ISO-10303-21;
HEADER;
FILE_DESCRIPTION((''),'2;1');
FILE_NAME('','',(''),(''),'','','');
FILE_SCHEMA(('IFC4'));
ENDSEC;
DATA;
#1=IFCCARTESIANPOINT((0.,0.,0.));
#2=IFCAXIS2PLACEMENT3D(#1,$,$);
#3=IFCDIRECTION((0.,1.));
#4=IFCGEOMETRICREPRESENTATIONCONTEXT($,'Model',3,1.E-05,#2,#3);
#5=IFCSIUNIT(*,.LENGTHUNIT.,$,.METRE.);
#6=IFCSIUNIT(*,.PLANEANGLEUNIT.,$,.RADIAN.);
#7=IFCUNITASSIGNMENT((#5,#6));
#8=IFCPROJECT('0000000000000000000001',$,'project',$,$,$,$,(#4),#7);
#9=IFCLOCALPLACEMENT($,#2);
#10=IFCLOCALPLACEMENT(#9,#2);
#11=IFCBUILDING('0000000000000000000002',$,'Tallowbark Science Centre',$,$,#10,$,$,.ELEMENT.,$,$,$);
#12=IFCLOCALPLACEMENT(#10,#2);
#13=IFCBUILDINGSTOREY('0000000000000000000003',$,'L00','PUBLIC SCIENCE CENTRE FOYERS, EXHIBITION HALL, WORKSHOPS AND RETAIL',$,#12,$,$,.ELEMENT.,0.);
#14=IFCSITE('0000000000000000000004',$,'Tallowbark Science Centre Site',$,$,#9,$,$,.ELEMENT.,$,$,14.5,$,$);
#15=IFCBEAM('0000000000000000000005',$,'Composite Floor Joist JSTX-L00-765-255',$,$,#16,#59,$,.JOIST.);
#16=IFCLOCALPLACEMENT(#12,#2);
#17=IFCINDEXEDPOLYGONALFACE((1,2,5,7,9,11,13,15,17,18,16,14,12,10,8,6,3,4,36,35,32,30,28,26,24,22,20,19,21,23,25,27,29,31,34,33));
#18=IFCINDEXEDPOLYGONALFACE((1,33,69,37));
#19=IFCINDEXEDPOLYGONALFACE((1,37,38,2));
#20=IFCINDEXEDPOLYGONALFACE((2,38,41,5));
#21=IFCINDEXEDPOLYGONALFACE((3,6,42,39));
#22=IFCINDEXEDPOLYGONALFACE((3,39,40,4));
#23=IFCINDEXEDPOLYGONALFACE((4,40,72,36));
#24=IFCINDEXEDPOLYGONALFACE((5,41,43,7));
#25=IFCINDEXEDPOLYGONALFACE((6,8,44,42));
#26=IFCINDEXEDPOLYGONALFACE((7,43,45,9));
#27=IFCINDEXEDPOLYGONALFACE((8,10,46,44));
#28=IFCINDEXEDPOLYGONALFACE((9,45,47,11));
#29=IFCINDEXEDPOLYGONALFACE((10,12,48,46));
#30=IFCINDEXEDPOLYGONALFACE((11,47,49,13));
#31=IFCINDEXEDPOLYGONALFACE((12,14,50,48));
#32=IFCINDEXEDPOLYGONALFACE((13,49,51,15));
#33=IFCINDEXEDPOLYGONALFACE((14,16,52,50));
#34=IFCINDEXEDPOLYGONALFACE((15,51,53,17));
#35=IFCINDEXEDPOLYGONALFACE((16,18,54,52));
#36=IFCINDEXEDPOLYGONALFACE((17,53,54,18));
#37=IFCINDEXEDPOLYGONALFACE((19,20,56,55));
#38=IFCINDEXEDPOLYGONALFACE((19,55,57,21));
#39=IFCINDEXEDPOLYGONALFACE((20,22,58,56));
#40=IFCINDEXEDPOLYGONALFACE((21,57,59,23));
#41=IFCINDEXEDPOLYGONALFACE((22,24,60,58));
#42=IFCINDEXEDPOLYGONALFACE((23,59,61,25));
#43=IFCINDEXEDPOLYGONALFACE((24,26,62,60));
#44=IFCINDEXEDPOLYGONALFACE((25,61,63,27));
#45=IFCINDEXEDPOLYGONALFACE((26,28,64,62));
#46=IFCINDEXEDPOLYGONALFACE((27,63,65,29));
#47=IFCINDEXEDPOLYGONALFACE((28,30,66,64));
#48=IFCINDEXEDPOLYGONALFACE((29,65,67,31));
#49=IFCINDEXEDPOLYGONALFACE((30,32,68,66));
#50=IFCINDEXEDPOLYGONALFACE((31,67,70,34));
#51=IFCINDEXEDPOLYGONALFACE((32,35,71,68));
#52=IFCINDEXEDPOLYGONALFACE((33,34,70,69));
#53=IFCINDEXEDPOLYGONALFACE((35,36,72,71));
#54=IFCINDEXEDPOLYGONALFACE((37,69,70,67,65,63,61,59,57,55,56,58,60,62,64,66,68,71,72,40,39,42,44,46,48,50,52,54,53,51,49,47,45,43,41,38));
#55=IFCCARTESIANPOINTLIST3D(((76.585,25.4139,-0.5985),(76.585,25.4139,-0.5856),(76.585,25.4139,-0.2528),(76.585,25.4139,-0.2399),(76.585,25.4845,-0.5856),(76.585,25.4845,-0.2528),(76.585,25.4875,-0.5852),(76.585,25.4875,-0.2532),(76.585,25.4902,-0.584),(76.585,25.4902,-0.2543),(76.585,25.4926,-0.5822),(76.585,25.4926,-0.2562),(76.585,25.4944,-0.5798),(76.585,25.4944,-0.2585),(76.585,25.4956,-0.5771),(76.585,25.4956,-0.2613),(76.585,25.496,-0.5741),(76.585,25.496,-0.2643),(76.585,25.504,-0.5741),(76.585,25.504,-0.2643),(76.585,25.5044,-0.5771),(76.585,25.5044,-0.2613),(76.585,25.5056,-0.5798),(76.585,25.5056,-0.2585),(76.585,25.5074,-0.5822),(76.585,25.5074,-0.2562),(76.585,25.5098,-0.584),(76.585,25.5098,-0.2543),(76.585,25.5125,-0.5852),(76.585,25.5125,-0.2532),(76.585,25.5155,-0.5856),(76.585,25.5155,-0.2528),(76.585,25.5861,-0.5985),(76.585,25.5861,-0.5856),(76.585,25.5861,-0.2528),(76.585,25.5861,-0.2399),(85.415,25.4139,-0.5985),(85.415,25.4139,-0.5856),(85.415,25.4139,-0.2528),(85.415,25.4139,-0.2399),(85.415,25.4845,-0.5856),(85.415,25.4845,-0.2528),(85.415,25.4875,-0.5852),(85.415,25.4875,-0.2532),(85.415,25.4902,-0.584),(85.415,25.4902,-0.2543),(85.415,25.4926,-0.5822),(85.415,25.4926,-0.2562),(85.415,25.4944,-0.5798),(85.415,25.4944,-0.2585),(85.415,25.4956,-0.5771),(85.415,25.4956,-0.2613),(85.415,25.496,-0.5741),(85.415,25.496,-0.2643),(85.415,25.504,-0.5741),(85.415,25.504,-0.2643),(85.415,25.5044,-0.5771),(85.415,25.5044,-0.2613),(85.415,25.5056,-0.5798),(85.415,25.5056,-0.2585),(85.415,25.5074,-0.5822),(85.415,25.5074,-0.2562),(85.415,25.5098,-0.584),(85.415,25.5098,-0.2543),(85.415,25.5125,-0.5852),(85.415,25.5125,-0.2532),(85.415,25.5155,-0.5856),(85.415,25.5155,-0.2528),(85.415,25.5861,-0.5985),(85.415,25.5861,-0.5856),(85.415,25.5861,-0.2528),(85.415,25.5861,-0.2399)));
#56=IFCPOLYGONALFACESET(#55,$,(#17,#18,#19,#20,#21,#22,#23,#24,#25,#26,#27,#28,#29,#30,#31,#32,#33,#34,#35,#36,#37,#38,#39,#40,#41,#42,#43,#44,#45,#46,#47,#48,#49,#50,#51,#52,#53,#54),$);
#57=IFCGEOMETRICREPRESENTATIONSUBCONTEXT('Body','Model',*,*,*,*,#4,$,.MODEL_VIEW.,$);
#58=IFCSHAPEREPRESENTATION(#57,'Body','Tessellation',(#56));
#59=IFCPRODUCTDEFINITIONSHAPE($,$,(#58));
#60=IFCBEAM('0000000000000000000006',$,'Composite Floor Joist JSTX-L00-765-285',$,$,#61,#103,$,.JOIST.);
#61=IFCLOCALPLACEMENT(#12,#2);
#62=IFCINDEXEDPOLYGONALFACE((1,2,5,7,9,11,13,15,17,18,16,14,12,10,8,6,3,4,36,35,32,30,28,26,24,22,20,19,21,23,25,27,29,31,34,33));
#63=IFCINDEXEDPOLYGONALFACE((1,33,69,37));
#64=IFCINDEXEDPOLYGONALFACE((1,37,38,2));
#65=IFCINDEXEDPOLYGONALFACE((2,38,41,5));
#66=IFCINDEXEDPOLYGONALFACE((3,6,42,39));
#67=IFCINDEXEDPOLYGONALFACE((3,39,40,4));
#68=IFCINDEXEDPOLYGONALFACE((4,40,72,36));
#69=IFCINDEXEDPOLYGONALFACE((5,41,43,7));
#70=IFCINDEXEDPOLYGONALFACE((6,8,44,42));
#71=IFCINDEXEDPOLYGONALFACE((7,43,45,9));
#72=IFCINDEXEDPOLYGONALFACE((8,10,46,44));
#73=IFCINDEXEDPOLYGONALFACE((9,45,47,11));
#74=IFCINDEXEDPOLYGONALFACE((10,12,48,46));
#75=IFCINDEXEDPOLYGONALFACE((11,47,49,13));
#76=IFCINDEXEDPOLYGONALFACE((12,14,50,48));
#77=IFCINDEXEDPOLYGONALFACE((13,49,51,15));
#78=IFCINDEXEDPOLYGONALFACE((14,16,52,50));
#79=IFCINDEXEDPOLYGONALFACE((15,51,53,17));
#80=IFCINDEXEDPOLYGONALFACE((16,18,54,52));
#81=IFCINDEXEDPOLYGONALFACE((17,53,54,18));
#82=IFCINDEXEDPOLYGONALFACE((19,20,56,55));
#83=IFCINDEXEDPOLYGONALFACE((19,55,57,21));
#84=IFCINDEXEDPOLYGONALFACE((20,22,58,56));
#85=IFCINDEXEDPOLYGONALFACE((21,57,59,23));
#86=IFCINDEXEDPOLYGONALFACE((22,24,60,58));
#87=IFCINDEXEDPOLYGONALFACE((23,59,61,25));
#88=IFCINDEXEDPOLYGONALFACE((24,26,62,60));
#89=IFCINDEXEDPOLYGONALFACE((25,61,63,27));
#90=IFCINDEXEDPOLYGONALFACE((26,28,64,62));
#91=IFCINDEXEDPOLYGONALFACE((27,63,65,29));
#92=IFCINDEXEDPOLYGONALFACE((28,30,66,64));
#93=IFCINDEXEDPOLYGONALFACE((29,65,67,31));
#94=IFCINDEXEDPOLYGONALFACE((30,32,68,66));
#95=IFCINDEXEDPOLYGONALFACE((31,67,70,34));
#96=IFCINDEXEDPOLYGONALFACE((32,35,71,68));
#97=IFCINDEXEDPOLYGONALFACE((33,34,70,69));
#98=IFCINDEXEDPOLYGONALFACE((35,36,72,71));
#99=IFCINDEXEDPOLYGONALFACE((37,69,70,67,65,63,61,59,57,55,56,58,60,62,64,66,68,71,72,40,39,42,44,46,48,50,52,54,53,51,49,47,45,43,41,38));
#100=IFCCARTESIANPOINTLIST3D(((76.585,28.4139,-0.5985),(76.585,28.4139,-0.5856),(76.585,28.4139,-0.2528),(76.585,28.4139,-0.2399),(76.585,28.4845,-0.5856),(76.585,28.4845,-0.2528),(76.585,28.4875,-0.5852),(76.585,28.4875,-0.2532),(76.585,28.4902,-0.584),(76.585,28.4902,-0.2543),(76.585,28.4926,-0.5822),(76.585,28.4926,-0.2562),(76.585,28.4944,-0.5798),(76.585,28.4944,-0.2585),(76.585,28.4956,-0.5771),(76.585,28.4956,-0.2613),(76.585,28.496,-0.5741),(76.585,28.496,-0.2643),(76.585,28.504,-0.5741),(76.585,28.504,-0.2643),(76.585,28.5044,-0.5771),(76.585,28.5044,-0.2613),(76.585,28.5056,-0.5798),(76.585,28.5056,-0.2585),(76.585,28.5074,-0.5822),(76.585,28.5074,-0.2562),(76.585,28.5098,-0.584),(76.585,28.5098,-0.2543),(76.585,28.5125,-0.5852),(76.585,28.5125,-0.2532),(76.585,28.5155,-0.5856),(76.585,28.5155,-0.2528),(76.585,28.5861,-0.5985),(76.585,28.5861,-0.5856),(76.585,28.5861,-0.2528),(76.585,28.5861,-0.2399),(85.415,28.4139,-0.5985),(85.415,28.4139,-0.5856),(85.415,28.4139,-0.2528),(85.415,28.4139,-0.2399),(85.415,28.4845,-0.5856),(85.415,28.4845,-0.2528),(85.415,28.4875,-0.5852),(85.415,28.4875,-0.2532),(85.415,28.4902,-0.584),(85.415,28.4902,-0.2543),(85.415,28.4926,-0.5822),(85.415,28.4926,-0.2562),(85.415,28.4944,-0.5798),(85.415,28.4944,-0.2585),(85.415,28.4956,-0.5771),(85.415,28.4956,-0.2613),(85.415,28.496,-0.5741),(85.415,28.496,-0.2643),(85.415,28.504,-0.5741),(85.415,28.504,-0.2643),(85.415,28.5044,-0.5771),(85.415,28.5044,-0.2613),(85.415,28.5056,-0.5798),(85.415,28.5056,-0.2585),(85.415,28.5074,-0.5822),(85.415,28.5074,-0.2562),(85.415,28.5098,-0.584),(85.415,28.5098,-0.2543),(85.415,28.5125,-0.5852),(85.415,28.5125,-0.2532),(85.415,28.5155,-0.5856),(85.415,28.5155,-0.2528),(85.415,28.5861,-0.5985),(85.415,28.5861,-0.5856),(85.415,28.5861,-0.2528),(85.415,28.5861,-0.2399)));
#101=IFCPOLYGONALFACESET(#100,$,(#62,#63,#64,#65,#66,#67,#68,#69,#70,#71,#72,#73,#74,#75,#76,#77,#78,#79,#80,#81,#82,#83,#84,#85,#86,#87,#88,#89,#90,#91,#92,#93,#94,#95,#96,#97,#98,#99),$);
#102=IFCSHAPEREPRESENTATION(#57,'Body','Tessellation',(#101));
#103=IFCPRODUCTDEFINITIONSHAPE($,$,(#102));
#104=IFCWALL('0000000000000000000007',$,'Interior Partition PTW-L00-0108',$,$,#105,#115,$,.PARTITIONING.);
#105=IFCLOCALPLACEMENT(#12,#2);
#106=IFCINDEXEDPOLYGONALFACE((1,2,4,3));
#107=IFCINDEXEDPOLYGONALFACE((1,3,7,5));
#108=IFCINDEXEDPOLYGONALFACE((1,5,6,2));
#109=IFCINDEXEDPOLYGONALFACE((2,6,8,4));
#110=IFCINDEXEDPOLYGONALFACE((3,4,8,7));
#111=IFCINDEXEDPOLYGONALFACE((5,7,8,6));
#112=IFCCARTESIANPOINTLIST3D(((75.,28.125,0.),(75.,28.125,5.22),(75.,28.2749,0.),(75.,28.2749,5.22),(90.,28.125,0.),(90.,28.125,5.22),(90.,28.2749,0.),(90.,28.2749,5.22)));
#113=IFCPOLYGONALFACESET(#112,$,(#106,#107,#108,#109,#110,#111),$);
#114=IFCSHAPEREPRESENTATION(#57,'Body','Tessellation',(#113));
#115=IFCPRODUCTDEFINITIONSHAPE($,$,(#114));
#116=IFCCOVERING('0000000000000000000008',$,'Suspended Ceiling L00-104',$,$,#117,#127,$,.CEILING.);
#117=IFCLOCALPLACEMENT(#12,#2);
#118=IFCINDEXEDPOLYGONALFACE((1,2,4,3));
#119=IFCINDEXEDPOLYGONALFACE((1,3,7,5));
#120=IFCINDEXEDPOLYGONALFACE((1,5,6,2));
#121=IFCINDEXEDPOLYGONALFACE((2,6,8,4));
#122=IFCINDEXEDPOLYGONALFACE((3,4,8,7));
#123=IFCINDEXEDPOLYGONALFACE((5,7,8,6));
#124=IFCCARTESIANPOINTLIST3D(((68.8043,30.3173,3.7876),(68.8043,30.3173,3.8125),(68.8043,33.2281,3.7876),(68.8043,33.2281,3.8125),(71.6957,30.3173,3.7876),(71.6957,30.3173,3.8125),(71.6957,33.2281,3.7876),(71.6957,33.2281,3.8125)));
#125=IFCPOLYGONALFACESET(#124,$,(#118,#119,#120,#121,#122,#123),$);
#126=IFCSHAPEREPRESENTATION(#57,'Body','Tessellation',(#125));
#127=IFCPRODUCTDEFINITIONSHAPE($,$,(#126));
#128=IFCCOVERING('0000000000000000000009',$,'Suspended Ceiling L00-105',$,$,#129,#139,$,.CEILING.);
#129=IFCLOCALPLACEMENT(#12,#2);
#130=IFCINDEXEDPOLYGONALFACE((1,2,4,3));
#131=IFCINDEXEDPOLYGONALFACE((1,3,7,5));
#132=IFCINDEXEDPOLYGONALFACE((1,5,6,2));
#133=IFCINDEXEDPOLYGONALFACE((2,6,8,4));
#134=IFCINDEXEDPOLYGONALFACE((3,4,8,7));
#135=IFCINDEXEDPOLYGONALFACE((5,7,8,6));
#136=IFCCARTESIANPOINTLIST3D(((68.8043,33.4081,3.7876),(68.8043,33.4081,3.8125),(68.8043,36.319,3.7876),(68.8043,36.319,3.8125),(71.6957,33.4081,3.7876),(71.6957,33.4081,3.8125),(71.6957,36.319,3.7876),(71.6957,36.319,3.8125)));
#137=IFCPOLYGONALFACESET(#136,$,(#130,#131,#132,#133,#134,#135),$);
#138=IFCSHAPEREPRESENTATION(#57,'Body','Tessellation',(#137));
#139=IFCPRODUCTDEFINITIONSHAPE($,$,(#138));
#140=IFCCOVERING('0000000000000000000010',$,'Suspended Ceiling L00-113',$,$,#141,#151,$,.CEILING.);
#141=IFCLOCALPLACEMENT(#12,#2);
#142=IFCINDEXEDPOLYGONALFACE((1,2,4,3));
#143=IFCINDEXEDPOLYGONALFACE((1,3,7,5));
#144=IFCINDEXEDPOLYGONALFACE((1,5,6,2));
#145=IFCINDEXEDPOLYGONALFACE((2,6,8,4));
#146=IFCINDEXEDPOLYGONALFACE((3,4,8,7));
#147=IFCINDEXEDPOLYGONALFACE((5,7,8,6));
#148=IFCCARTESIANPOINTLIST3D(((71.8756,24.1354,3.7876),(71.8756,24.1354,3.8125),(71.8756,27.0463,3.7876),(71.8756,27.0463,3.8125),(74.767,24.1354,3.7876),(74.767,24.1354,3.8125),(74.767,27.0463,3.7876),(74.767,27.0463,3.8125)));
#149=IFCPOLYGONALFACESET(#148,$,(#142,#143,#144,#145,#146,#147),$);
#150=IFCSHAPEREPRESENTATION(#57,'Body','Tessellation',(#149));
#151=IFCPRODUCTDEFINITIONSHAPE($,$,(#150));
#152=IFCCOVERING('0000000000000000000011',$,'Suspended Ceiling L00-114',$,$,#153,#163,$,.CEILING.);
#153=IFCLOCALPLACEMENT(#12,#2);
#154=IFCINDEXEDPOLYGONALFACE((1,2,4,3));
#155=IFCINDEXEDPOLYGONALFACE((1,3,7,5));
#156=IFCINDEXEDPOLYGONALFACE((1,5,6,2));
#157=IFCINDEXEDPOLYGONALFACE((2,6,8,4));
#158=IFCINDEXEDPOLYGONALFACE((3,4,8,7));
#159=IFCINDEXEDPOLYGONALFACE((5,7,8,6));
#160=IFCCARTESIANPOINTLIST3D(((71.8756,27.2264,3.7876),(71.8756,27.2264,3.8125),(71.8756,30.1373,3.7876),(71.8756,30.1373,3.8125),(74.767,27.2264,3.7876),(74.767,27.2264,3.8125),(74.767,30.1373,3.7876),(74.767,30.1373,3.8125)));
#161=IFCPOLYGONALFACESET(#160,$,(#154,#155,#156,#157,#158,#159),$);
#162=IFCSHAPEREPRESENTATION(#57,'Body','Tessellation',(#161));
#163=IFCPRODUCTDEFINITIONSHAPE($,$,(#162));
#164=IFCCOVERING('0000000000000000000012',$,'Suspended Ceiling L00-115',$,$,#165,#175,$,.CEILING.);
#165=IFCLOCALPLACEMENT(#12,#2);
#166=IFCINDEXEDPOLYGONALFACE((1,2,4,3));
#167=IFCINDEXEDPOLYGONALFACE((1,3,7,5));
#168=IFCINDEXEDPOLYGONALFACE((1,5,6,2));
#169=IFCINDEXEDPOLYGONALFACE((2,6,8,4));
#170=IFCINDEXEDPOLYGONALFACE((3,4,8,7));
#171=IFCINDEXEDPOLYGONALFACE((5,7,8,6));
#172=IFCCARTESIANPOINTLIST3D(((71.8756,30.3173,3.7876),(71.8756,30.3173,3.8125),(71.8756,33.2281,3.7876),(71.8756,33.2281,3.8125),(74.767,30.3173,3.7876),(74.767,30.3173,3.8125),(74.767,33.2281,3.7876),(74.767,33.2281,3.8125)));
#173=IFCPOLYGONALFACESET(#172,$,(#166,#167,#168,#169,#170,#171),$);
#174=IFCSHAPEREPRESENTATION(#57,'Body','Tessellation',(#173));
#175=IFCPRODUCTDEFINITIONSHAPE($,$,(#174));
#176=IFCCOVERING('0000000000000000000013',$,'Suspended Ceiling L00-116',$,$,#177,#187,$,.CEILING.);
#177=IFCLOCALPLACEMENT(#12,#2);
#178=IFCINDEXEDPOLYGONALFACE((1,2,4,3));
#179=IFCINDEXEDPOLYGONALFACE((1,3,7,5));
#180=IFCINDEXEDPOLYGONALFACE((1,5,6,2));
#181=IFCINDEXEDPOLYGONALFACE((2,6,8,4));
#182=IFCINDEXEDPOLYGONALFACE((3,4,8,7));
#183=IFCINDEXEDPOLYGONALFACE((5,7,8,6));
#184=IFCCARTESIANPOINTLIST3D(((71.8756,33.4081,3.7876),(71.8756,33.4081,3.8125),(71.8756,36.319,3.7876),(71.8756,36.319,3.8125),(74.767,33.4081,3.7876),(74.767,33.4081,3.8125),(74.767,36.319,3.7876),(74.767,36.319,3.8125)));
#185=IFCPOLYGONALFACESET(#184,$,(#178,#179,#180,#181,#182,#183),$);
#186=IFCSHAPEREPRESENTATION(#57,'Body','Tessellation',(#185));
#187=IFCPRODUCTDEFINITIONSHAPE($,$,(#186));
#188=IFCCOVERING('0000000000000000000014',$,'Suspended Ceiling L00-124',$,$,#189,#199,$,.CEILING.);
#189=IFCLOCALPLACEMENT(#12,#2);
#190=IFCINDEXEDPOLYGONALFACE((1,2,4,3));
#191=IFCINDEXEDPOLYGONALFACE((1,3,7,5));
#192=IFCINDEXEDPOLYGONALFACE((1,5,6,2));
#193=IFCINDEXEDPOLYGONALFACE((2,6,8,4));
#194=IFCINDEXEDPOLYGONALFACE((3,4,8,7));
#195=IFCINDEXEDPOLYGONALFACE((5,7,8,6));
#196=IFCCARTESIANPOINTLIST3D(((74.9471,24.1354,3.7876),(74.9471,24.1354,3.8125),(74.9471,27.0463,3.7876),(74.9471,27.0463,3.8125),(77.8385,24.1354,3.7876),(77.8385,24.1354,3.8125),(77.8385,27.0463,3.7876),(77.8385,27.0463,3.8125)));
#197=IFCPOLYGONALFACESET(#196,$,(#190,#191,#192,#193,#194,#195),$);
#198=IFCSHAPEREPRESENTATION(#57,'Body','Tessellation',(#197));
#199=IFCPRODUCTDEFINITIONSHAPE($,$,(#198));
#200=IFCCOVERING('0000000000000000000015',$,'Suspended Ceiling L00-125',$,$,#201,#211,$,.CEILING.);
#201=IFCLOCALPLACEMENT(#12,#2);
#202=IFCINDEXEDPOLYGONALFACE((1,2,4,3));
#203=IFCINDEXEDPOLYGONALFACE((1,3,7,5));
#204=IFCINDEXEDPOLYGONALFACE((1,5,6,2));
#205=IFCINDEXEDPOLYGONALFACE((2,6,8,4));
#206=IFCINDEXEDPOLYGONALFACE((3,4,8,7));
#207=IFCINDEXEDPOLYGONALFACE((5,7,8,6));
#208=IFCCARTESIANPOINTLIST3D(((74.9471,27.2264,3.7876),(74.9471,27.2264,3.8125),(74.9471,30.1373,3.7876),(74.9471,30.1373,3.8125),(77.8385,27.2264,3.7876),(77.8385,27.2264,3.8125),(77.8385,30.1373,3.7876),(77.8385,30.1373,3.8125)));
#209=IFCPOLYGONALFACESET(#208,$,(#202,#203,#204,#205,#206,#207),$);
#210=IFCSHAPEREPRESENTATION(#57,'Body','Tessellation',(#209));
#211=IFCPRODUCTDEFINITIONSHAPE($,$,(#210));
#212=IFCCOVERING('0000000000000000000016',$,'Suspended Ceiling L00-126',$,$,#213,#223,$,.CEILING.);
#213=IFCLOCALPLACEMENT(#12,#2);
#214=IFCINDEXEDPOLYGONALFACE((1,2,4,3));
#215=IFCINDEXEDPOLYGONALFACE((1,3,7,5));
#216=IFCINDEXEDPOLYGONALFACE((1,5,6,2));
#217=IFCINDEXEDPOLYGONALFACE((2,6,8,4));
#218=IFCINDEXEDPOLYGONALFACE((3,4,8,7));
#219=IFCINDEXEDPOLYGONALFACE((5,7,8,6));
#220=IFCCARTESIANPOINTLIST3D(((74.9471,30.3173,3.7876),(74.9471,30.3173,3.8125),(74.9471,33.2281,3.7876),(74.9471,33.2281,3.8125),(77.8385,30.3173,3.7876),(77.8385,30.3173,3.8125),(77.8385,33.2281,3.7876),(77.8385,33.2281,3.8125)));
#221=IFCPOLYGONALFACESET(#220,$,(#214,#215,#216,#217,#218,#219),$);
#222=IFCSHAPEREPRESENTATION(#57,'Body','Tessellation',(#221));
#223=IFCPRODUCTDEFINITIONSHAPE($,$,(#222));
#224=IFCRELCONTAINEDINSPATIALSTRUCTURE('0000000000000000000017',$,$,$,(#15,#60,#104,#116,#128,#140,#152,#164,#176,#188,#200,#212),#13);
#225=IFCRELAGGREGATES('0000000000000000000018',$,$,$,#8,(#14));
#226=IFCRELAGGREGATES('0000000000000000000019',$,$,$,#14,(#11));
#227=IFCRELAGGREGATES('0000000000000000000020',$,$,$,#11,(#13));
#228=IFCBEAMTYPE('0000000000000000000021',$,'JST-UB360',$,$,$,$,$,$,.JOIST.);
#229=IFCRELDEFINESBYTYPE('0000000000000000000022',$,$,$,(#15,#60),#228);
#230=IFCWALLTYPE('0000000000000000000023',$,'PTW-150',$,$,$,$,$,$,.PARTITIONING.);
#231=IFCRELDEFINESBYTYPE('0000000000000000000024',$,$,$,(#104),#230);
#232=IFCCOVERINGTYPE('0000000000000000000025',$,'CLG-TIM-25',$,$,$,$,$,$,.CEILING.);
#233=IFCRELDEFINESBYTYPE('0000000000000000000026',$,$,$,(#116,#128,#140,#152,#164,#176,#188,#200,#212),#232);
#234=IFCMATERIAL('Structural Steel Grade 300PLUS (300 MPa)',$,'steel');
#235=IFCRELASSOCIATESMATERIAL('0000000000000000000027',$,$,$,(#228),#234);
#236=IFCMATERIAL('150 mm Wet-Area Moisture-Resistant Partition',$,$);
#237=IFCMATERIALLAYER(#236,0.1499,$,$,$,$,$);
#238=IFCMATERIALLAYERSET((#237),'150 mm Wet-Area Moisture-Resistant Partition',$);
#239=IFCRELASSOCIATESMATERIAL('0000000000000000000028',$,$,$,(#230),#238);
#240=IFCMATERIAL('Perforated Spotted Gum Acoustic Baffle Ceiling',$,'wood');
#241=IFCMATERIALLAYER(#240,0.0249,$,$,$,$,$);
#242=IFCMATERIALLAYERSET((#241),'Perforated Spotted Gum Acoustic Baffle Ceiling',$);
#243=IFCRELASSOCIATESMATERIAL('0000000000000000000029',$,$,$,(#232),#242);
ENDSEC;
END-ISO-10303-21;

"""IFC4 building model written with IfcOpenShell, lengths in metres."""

from ifc_helpers import new_model, si_unit, direction, frame, frame_2d, origin, origin_2d, place, context, subcontext, project, spatial, rectangle, i_section, extrude, material, layer, layer_set, material_profile, profile_set, type_object, element, save


model = new_model("IFC4")

# Units and contexts
model_context = context("Model", 3, precision=1e-05, world=origin(), true_north=direction((0.0, 1.0)))
body_context = subcontext(model_context, "Body", "Model", "MODEL_VIEW")
ifc_project = project(units=[si_unit("LENGTHUNIT", "METRE"), si_unit("PLANEANGLEUNIT", "RADIAN")], contexts=[model_context])

# Site, building, storey
site_placement = place(None, origin())
site = spatial("IfcSite", under=ifc_project, at=site_placement, Name="Tallowbark Science Centre Site", CompositionType="ELEMENT", RefElevation=14.5)
building_placement = place(site_placement, origin())
building = spatial("IfcBuilding", under=site, at=building_placement, Name="Tallowbark Science Centre", CompositionType="ELEMENT")
storey_placement = place(building_placement, origin())
storey = spatial("IfcBuildingStorey", under=building, at=storey_placement, Name="L00", Description="PUBLIC SCIENCE CENTRE FOYERS, EXHIBITION HALL, WORKSHOPS AND RETAIL", CompositionType="ELEMENT", Elevation=0.0)

# Shared definitions
ifc_material_1 = material(Name="Structural Steel Grade 300PLUS (300 MPa)", Category="steel")

# Beams
ifc_material_profile_1 = material_profile(ifc_material_1, i_section(OverallWidth=0.1721, OverallDepth=0.3586, WebThickness=0.0081, FlangeThickness=0.0129, FilletRadius=0.0115, at=origin_2d()), Name="360UB56.7")
ifc_profile_set_1 = profile_set([ifc_material_profile_1], Name="Structural Steel Grade 300PLUS (300 MPa)")
beam_type_1 = type_object("IfcBeamType", Name="JST-UB360", PredefinedType="JOIST", material=ifc_profile_set_1)
for number, where, z_axis, x_axis, name in (
    (1, (76.585, 25.5, -0.4192), (1.0, 0.0, 0.0), (0.0, 1.0, 0.0), "Composite Floor Joist JSTX-L00-765-255"),
    (2, (76.585, 28.5, -0.4192), (1.0, 0.0, 0.0), (0.0, 1.0, 0.0), "Composite Floor Joist JSTX-L00-765-285"),
):
    element("IfcBeam", number, at=place(storey_placement, frame(where, z_axis=z_axis, x_axis=x_axis)), inside=storey, type_object=beam_type_1, Name=name, PredefinedType="JOIST", context=body_context, shape_type="SweptSolid", body=[
        extrude(i_section(OverallWidth=0.1721, OverallDepth=0.3586, WebThickness=0.0081, FlangeThickness=0.0129, FilletRadius=0.0115, at=origin_2d()), origin(), (0.0, 0.0, 1.0), 8.8301),
    ])

# Wall
ifc_material_2 = material(Name="150 mm Wet-Area Moisture-Resistant Partition")
ifc_layer_1 = layer(ifc_material_2, 0.1499)
ifc_layer_set_1 = layer_set([ifc_layer_1], Name="150 mm Wet-Area Moisture-Resistant Partition")
wall_type = type_object("IfcWallType", Name="PTW-150", PredefinedType="PARTITIONING", material=ifc_layer_set_1)
wall_placement = place(storey_placement, frame((75.0, 28.2, 0.0), z_axis=(0.0, 0.0, 1.0), x_axis=(1.0, 0.0, 0.0)))
element("IfcWall", 3, at=wall_placement, inside=storey, type_object=wall_type, Name="Interior Partition PTW-L00-0108", PredefinedType="PARTITIONING", context=body_context, shape_type="SweptSolid", body=[
    extrude(rectangle(XDim=15.0, YDim=0.1499, at=frame_2d((7.5, 0.0))), origin(), (0.0, 0.0, 1.0), 5.22),
])

# Coverings
ifc_material_3 = material(Name="Perforated Spotted Gum Acoustic Baffle Ceiling", Category="wood")
ifc_layer_2 = layer(ifc_material_3, 0.0249)
ifc_layer_set_2 = layer_set([ifc_layer_2], Name="Perforated Spotted Gum Acoustic Baffle Ceiling")
covering_type_1 = type_object("IfcCoveringType", Name="CLG-TIM-25", PredefinedType="CEILING", material=ifc_layer_set_2)
for number, where, z_axis, x_axis, name in (
    (4, (70.25, 31.7727, 3.7876), (0.0, 0.0, 1.0), (1.0, 0.0, 0.0), "Suspended Ceiling L00-104"),
    (5, (70.25, 34.8635, 3.7876), (0.0, 0.0, 1.0), (1.0, 0.0, 0.0), "Suspended Ceiling L00-105"),
    (6, (73.3213, 25.5908, 3.7876), (0.0, 0.0, 1.0), (1.0, 0.0, 0.0), "Suspended Ceiling L00-113"),
    (7, (73.3213, 28.6819, 3.7876), (0.0, 0.0, 1.0), (1.0, 0.0, 0.0), "Suspended Ceiling L00-114"),
    (8, (73.3213, 31.7727, 3.7876), (0.0, 0.0, 1.0), (1.0, 0.0, 0.0), "Suspended Ceiling L00-115"),
    (9, (73.3213, 34.8635, 3.7876), (0.0, 0.0, 1.0), (1.0, 0.0, 0.0), "Suspended Ceiling L00-116"),
    (10, (76.3928, 25.5908, 3.7876), (0.0, 0.0, 1.0), (1.0, 0.0, 0.0), "Suspended Ceiling L00-124"),
    (11, (76.3928, 28.6819, 3.7876), (0.0, 0.0, 1.0), (1.0, 0.0, 0.0), "Suspended Ceiling L00-125"),
    (12, (76.3928, 31.7727, 3.7876), (0.0, 0.0, 1.0), (1.0, 0.0, 0.0), "Suspended Ceiling L00-126"),
):
    element("IfcCovering", number, at=place(storey_placement, frame(where, z_axis=z_axis, x_axis=x_axis)), inside=storey, type_object=covering_type_1, Name=name, PredefinedType="CEILING", context=body_context, shape_type="SweptSolid", body=[
        extrude(rectangle(XDim=2.8914, YDim=2.9109, at=origin_2d()), origin(), (0.0, 0.0, 1.0), 0.0249),
    ])

save(model, "model.ifc")
